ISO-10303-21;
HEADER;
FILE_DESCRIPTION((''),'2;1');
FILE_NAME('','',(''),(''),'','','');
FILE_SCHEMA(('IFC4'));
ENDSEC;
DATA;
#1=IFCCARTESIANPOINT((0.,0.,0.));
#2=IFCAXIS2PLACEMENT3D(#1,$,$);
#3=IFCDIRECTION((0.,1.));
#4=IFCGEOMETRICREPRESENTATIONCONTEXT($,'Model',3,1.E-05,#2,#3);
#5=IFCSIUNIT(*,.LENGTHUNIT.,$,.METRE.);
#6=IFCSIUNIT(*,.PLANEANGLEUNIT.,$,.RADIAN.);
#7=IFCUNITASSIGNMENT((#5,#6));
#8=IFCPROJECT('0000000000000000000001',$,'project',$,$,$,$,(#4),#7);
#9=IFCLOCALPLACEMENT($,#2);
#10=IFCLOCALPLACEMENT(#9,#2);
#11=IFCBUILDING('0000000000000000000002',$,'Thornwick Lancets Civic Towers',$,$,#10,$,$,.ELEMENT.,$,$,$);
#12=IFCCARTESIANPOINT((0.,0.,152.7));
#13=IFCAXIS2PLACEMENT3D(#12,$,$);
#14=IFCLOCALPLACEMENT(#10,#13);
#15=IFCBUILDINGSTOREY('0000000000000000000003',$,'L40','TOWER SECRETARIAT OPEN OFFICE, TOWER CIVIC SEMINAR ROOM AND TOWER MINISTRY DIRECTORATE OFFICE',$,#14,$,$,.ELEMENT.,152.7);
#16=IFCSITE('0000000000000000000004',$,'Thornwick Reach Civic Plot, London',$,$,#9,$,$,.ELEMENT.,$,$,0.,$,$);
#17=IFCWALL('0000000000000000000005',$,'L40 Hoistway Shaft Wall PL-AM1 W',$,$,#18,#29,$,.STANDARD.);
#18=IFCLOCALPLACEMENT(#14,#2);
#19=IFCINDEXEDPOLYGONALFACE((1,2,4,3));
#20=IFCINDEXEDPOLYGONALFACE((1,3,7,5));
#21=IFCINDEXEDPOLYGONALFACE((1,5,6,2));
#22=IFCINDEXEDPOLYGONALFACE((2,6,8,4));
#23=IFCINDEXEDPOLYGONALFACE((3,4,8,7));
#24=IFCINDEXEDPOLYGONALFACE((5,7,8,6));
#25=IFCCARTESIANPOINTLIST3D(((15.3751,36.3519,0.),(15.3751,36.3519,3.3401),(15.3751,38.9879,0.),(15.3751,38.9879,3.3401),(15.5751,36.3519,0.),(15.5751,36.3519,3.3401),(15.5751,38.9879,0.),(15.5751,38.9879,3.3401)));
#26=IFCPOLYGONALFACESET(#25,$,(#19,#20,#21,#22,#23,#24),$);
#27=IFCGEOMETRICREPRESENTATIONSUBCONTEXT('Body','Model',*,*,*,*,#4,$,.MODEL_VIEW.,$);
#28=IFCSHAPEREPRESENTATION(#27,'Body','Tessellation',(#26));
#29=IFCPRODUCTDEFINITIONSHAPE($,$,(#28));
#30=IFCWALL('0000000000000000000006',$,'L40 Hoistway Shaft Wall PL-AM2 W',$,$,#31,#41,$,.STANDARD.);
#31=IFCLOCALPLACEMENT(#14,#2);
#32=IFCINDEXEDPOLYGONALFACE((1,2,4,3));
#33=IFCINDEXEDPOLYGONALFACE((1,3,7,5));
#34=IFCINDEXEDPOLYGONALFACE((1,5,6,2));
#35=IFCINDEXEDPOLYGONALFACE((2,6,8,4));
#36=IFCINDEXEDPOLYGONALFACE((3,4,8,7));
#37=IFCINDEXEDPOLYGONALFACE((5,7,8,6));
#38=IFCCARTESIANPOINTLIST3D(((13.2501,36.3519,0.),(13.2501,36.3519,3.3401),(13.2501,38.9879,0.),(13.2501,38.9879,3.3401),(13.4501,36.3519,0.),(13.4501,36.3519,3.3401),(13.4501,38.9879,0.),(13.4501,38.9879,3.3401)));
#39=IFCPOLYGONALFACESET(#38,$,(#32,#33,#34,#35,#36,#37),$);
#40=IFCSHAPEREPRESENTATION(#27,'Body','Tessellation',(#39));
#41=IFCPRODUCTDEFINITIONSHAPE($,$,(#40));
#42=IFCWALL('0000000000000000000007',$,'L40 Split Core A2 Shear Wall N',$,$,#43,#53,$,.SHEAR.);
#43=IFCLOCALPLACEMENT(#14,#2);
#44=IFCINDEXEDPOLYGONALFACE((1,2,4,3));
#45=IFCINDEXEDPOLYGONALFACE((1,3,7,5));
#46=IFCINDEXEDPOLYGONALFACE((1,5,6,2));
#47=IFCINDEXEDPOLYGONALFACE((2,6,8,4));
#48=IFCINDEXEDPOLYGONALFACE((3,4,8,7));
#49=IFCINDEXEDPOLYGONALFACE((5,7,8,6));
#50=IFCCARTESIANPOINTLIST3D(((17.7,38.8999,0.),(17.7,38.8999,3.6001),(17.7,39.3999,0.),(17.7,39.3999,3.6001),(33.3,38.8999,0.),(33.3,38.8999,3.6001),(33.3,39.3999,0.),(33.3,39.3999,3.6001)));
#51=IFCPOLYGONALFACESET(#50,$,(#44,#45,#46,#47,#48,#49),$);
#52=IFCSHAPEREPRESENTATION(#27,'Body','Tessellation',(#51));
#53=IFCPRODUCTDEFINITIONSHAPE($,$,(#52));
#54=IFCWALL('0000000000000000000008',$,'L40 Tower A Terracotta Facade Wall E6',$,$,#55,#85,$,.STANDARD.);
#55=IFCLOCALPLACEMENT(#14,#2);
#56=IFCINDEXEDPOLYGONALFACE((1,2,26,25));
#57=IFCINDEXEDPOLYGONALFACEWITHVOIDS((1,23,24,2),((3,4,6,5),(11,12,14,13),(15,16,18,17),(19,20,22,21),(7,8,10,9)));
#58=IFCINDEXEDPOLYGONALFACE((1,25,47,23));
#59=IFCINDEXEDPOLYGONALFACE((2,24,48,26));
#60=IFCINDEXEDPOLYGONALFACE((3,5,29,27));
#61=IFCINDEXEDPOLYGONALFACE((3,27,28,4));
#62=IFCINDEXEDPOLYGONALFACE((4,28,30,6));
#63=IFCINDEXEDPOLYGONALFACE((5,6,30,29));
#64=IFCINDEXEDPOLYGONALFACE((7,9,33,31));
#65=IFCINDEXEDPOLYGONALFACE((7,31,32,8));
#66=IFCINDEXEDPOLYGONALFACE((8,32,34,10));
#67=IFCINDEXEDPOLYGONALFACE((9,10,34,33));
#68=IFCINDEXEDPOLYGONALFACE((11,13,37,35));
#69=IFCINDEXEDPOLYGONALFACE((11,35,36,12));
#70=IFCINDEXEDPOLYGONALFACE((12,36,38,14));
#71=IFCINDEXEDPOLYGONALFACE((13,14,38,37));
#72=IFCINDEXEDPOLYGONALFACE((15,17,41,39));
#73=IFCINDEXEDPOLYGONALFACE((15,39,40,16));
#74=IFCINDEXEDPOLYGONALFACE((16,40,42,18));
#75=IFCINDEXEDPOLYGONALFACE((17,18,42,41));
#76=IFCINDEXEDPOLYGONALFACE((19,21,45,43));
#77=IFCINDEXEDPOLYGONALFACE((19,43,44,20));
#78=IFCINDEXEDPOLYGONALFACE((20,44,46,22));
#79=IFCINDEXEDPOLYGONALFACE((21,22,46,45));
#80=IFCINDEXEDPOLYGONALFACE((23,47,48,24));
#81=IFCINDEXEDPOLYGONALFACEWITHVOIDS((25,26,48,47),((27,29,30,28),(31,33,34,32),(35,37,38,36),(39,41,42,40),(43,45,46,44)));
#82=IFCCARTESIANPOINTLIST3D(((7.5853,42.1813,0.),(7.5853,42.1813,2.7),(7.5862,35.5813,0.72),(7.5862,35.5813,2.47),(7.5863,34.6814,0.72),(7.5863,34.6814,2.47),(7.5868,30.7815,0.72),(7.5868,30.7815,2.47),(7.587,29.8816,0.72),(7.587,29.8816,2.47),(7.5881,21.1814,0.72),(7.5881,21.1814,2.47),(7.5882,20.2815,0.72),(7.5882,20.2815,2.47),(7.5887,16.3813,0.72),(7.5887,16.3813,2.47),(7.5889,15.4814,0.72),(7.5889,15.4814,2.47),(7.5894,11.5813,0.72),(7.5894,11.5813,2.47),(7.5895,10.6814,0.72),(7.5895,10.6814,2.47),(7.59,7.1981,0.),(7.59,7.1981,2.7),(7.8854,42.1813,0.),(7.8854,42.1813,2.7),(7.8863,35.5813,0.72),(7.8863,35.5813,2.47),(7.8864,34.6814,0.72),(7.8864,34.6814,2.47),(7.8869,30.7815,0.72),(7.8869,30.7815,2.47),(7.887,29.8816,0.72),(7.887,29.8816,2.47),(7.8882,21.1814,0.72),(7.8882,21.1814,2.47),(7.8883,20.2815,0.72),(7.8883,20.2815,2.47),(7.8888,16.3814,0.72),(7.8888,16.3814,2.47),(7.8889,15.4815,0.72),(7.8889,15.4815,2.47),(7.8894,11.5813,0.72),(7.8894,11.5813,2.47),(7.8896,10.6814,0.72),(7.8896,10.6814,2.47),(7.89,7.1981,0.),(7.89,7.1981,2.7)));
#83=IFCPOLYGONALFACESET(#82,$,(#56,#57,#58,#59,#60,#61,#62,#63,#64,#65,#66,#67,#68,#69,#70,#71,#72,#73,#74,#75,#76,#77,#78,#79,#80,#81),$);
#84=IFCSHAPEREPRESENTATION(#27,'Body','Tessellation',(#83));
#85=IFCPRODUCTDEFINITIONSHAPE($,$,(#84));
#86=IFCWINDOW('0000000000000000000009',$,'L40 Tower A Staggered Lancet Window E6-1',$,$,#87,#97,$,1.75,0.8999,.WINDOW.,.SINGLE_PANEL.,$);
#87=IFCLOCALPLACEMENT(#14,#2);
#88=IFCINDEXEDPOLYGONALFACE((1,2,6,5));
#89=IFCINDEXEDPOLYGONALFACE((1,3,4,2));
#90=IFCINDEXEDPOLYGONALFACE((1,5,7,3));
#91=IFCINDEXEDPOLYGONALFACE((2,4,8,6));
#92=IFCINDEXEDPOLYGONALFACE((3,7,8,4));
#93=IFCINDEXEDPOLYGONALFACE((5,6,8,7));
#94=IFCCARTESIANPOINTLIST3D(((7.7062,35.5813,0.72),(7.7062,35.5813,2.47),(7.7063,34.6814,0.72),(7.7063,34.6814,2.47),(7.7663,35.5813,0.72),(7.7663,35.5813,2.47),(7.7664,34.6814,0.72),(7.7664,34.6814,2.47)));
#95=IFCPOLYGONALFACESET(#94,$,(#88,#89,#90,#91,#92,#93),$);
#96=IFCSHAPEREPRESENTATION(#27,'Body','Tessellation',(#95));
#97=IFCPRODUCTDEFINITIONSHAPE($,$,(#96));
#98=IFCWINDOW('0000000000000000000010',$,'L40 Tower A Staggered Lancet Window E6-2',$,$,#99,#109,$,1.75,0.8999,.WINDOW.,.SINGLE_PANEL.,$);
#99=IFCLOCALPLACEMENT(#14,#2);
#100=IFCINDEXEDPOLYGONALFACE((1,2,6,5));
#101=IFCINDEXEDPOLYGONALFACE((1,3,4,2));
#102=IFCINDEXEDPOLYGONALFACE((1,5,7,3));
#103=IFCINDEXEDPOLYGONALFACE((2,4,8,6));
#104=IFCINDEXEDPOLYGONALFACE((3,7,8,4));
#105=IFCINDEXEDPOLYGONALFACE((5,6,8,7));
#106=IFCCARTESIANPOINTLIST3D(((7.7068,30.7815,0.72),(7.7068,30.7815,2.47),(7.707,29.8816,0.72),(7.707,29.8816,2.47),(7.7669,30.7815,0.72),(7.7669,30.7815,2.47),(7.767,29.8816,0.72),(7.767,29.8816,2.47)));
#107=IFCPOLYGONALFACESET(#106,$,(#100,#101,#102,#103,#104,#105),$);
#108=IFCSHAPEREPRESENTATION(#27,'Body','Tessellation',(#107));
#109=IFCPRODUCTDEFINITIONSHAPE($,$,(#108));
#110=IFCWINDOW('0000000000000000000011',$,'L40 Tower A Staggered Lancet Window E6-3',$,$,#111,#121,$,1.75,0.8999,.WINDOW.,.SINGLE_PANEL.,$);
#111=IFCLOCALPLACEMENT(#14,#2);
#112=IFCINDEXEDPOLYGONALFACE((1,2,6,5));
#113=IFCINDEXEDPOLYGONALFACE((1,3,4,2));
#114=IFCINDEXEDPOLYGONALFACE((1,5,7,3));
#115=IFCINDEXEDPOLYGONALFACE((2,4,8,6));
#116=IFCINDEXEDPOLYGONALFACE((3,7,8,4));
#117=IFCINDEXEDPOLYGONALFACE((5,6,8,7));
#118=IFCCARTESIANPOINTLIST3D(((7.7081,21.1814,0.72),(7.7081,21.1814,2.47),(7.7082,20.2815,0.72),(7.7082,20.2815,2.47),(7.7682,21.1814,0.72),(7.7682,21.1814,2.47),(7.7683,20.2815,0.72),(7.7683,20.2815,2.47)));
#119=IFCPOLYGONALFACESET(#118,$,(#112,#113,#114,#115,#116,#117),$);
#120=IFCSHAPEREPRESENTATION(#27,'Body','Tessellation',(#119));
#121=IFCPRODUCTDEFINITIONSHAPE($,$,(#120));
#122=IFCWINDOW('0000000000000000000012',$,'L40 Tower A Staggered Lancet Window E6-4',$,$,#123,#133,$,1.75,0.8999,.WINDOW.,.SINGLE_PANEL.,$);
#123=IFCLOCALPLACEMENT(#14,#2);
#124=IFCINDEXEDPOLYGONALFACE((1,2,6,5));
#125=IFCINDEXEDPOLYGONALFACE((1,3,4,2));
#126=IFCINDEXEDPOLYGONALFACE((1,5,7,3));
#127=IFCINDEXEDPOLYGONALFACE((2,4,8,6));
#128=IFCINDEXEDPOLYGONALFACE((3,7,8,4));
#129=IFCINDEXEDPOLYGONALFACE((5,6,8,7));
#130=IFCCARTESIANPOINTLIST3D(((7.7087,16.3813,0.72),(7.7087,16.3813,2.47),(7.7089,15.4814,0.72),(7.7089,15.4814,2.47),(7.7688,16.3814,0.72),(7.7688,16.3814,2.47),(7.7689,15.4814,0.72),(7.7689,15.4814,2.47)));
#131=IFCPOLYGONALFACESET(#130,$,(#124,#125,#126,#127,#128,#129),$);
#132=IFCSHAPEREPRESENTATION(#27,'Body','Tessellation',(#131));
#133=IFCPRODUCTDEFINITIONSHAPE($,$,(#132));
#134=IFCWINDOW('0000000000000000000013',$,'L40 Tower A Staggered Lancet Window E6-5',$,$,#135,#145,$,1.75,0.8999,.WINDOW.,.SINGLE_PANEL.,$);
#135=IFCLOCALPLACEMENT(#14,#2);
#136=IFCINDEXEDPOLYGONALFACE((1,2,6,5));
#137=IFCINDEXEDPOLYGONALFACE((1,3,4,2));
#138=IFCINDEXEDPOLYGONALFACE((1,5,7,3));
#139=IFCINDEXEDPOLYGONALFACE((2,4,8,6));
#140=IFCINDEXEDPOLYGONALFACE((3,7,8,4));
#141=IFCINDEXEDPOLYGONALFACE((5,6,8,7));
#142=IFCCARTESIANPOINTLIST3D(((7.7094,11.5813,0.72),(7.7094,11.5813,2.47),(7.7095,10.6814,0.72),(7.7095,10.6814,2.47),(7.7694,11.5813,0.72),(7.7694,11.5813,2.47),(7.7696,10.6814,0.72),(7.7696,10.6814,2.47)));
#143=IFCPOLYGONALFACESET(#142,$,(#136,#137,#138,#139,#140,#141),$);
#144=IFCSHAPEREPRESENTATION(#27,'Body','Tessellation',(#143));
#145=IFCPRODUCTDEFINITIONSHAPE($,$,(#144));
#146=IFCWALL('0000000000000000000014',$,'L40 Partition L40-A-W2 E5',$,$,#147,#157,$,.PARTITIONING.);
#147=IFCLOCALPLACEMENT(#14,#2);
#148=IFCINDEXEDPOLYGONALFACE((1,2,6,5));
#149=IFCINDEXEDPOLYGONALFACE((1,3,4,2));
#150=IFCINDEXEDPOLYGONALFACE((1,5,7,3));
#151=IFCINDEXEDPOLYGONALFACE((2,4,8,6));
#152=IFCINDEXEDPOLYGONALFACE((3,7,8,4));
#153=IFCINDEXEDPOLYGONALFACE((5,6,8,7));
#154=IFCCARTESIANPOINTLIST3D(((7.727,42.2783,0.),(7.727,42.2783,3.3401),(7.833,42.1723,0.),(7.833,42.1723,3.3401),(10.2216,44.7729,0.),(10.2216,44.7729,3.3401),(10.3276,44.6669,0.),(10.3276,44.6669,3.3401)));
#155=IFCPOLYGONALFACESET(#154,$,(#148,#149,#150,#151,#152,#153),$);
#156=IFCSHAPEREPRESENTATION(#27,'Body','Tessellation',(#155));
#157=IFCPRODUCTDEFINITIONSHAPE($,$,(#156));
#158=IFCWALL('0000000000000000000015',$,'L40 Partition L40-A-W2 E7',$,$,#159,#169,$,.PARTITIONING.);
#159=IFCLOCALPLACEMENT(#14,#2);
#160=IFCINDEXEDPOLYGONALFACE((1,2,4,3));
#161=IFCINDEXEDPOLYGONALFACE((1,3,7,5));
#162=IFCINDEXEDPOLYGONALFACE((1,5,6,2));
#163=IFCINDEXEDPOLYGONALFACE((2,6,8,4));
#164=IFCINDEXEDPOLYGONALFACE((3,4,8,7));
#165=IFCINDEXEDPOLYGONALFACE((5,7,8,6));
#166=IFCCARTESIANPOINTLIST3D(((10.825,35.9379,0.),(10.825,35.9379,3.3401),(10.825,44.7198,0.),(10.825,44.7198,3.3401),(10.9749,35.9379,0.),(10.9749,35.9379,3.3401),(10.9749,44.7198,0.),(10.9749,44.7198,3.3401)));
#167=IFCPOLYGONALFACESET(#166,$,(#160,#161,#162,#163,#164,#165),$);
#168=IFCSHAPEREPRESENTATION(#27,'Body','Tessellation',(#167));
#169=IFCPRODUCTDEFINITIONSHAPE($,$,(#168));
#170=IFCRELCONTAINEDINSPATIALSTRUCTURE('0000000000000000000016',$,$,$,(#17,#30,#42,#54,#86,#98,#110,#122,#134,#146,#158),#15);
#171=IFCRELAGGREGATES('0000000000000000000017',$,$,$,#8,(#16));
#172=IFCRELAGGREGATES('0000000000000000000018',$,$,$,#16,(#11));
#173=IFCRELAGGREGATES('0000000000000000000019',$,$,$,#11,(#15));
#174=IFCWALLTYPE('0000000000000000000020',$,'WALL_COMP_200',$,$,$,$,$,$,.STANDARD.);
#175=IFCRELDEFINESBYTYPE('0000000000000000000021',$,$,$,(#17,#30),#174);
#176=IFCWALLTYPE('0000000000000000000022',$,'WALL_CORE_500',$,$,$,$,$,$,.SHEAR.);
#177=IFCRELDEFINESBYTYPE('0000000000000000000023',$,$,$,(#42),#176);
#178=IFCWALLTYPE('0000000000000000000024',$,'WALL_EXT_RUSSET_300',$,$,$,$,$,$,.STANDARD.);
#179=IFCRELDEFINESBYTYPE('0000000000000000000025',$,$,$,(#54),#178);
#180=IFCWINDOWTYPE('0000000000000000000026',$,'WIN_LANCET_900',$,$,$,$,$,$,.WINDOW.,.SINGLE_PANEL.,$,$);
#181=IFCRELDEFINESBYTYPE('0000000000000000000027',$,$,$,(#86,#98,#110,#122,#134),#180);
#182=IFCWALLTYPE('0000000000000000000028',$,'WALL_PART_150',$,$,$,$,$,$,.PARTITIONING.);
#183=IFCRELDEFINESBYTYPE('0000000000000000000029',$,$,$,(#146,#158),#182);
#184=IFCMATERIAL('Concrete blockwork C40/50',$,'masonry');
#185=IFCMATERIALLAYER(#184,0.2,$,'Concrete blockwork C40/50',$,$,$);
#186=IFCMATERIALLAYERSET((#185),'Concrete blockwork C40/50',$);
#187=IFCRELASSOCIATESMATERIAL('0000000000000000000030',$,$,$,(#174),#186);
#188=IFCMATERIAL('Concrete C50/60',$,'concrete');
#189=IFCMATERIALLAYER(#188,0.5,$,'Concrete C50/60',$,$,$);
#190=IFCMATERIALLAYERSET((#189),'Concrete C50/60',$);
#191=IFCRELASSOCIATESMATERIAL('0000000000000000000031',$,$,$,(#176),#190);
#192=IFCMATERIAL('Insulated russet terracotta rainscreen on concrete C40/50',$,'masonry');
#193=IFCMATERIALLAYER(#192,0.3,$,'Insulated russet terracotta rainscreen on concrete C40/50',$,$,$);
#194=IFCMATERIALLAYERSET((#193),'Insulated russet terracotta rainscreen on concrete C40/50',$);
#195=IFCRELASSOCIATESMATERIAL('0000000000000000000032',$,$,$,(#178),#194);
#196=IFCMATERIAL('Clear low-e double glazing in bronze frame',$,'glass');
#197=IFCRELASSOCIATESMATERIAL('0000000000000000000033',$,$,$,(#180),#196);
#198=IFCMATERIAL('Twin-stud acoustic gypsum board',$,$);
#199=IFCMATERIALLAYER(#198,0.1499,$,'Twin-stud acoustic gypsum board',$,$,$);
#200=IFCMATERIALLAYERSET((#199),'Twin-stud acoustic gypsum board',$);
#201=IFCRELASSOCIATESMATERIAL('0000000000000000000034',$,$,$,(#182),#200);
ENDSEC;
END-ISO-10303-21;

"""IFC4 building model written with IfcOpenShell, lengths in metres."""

from ifc_helpers import new_model, si_unit, direction, frame, frame_2d, origin, place, context, subcontext, project, spatial, rectangle, extrude, material, layer, layer_set, type_object, element, fill, save


model = new_model("IFC4")

# Units and contexts
model_context = context("Model", 3, precision=1e-05, world=origin(), true_north=direction((0.0, 1.0)))
body_context = subcontext(model_context, "Body", "Model", "MODEL_VIEW")
ifc_project = project(units=[si_unit("LENGTHUNIT", "METRE"), si_unit("PLANEANGLEUNIT", "RADIAN")], contexts=[model_context])

# Site, building, storey
site_placement = place(None, origin())
site = spatial("IfcSite", under=ifc_project, at=site_placement, Name="Thornwick Reach Civic Plot, London", CompositionType="ELEMENT", RefElevation=0.0)
building_placement = place(site_placement, origin())
building = spatial("IfcBuilding", under=site, at=building_placement, Name="Thornwick Lancets Civic Towers", CompositionType="ELEMENT")
storey_placement = place(building_placement, frame((0.0, 0.0, 152.7)))
storey = spatial("IfcBuildingStorey", under=building, at=storey_placement, Name="L40", Description="TOWER SECRETARIAT OPEN OFFICE, TOWER CIVIC SEMINAR ROOM AND TOWER MINISTRY DIRECTORATE OFFICE", CompositionType="ELEMENT", Elevation=152.7)

# Shared definitions
ifc_material_1 = material(Name="Concrete C50/60", Category="concrete")

# Shared definitions
ifc_material_2 = material(Name="Concrete blockwork C40/50", Category="masonry")
ifc_layer_1 = layer(ifc_material_2, 0.2, Name="Concrete blockwork C40/50")
ifc_layer_set_1 = layer_set([ifc_layer_1], Name="Concrete blockwork C40/50")
wall_type_1 = type_object("IfcWallType", Name="WALL_COMP_200", PredefinedType="STANDARD", material=ifc_layer_set_1)

# Walls
for number, where, z_axis, x_axis, name in (
    (1, (15.4751, 36.3521, 0.0), (0.0, 0.0, 1.0), (0.0, 1.0, 0.0), "L40 Hoistway Shaft Wall PL-AM1 W"),
    (2, (13.3501, 36.3521, 0.0), (0.0, 0.0, 1.0), (0.0, 1.0, 0.0), "L40 Hoistway Shaft Wall PL-AM2 W"),
):
    element("IfcWall", number, at=place(storey_placement, frame(where, z_axis=z_axis, x_axis=x_axis)), inside=storey, type_object=wall_type_1, Name=name, PredefinedType="STANDARD", context=body_context, shape_type="SweptSolid", body=[
        extrude(rectangle(XDim=2.636, YDim=0.2, at=frame_2d((1.3179, 0.0))), origin(), (0.0, 0.0, 1.0), 3.3401),
    ])
ifc_layer_2 = layer(ifc_material_1, 0.5, Name="Concrete C50/60")
ifc_layer_set_2 = layer_set([ifc_layer_2], Name="Concrete C50/60")
wall_type_2 = type_object("IfcWallType", Name="WALL_CORE_500", PredefinedType="SHEAR", material=ifc_layer_set_2)
wall_1_placement = place(storey_placement, frame((17.7, 39.1499, 0.0), z_axis=(0.0, 0.0, 1.0), x_axis=(1.0, 0.0, 0.0)))
element("IfcWall", 3, at=wall_1_placement, inside=storey, type_object=wall_type_2, Name="L40 Split Core A2 Shear Wall N", PredefinedType="SHEAR", context=body_context, shape_type="SweptSolid", body=[
    extrude(rectangle(XDim=15.6001, YDim=0.5, at=frame_2d((7.8, 0.0))), origin(), (0.0, 0.0, 1.0), 3.6001),
])

# Wall, openings, windows
ifc_material_3 = material(Name="Insulated russet terracotta rainscreen on concrete C40/50", Category="masonry")
ifc_layer_3 = layer(ifc_material_3, 0.3, Name="Insulated russet terracotta rainscreen on concrete C40/50")
ifc_layer_set_3 = layer_set([ifc_layer_3], Name="Insulated russet terracotta rainscreen on concrete C40/50")
wall_type_3 = type_object("IfcWallType", Name="WALL_EXT_RUSSET_300", PredefinedType="STANDARD", material=ifc_layer_set_3)
wall_2_placement = place(storey_placement, frame((7.7354, 42.1814, 0.0), z_axis=(0.0, 0.0, 1.0), x_axis=(0.000133, -1.0, 0.0)))
wall_2 = element("IfcWall", 4, at=wall_2_placement, inside=storey, type_object=wall_type_3, Name="L40 Tower A Terracotta Facade Wall E6", PredefinedType="STANDARD", context=body_context, shape_type="SweptSolid", body=[
    extrude(rectangle(XDim=34.9832, YDim=0.3, at=frame_2d((17.4917, 0.0))), origin(), (0.0, 0.0, 1.0), 2.7),
])
opening_1_placement = place(wall_2_placement, frame((6.6001, 0.0, 0.72)))
opening_1 = element("IfcOpeningElement", 5, at=opening_1_placement, cuts=wall_2, PredefinedType="OPENING", context=body_context, shape_type="SweptSolid", body=[
    extrude(rectangle(XDim=0.8999, YDim=1.75, at=frame_2d((0.45, 0.875))), frame((0.0, 0.1602, 0.0), z_axis=(0.0, -1.0, 0.0), x_axis=(1.0, 0.0, 0.0)), (0.0, 0.0, 1.0), 0.3201),
])
opening_2_placement = place(wall_2_placement, frame((11.3999, 0.0, 0.72)))
opening_2 = element("IfcOpeningElement", 6, at=opening_2_placement, cuts=wall_2, PredefinedType="OPENING", context=body_context, shape_type="SweptSolid", body=[
    extrude(rectangle(XDim=0.8999, YDim=1.75, at=frame_2d((0.45, 0.875))), frame((0.0, 0.1602, 0.0), z_axis=(0.0, -1.0, 0.0), x_axis=(1.0, 0.0, 0.0)), (0.0, 0.0, 1.0), 0.3201),
])
opening_3_placement = place(wall_2_placement, frame((21.0, 0.0, 0.72)))
opening_3 = element("IfcOpeningElement", 7, at=opening_3_placement, cuts=wall_2, PredefinedType="OPENING", context=body_context, shape_type="SweptSolid", body=[
    extrude(rectangle(XDim=0.8999, YDim=1.75, at=frame_2d((0.45, 0.875))), frame((0.0, 0.1602, 0.0), z_axis=(0.0, -1.0, 0.0), x_axis=(1.0, 0.0, 0.0)), (0.0, 0.0, 1.0), 0.3201),
])
opening_4_placement = place(wall_2_placement, frame((25.8, 0.0, 0.72)))
opening_4 = element("IfcOpeningElement", 8, at=opening_4_placement, cuts=wall_2, PredefinedType="OPENING", context=body_context, shape_type="SweptSolid", body=[
    extrude(rectangle(XDim=0.8999, YDim=1.75, at=frame_2d((0.45, 0.875))), frame((0.0, 0.1602, 0.0), z_axis=(0.0, -1.0, 0.0), x_axis=(1.0, 0.0, 0.0)), (0.0, 0.0, 1.0), 0.3201),
])
opening_5_placement = place(wall_2_placement, frame((30.6001, 0.0, 0.72)))
opening_5 = element("IfcOpeningElement", 9, at=opening_5_placement, cuts=wall_2, PredefinedType="OPENING", context=body_context, shape_type="SweptSolid", body=[
    extrude(rectangle(XDim=0.8999, YDim=1.75, at=frame_2d((0.45, 0.875))), frame((0.0, 0.1602, 0.0), z_axis=(0.0, -1.0, 0.0), x_axis=(1.0, 0.0, 0.0)), (0.0, 0.0, 1.0), 0.3201),
])
ifc_material_4 = material(Name="Clear low-e double glazing in bronze frame", Category="glass")
window_type = type_object("IfcWindowType", Name="WIN_LANCET_900", PartitioningType="SINGLE_PANEL", PredefinedType="WINDOW", material=ifc_material_4)
window_1_placement = place(opening_1_placement, origin())
window_1 = element("IfcWindow", 10, at=window_1_placement, inside=storey, type_object=window_type, Name="L40 Tower A Staggered Lancet Window E6-1", OverallHeight=1.75, OverallWidth=0.8999, PartitioningType="SINGLE_PANEL", PredefinedType="WINDOW", context=body_context, shape_type="SweptSolid", body=[
    extrude(rectangle(XDim=0.8999, YDim=1.75, at=frame_2d((0.45, 0.875))), frame((0.0, 0.03, 0.0), z_axis=(0.0, -1.0, 0.0), x_axis=(1.0, 0.0, 0.0)), (0.0, 0.0, 1.0), 0.0601),
])
fill(opening_1, window_1)
window_2_placement = place(opening_2_placement, origin())
window_2 = element("IfcWindow", 11, at=window_2_placement, inside=storey, type_object=window_type, Name="L40 Tower A Staggered Lancet Window E6-2", OverallHeight=1.75, OverallWidth=0.8999, PartitioningType="SINGLE_PANEL", PredefinedType="WINDOW", context=body_context, shape_type="SweptSolid", body=[
    extrude(rectangle(XDim=0.8999, YDim=1.75, at=frame_2d((0.45, 0.875))), frame((0.0, 0.03, 0.0), z_axis=(0.0, -1.0, 0.0), x_axis=(1.0, 0.0, 0.0)), (0.0, 0.0, 1.0), 0.0601),
])
fill(opening_2, window_2)
window_3_placement = place(opening_3_placement, origin())
window_3 = element("IfcWindow", 12, at=window_3_placement, inside=storey, type_object=window_type, Name="L40 Tower A Staggered Lancet Window E6-3", OverallHeight=1.75, OverallWidth=0.8999, PartitioningType="SINGLE_PANEL", PredefinedType="WINDOW", context=body_context, shape_type="SweptSolid", body=[
    extrude(rectangle(XDim=0.8999, YDim=1.75, at=frame_2d((0.45, 0.875))), frame((0.0, 0.03, 0.0), z_axis=(0.0, -1.0, 0.0), x_axis=(1.0, 0.0, 0.0)), (0.0, 0.0, 1.0), 0.0601),
])
fill(opening_3, window_3)
window_4_placement = place(opening_4_placement, origin())
window_4 = element("IfcWindow", 13, at=window_4_placement, inside=storey, type_object=window_type, Name="L40 Tower A Staggered Lancet Window E6-4", OverallHeight=1.75, OverallWidth=0.8999, PartitioningType="SINGLE_PANEL", PredefinedType="WINDOW", context=body_context, shape_type="SweptSolid", body=[
    extrude(rectangle(XDim=0.8999, YDim=1.75, at=frame_2d((0.45, 0.875))), frame((0.0, 0.03, 0.0), z_axis=(0.0, -1.0, 0.0), x_axis=(1.0, 0.0, 0.0)), (0.0, 0.0, 1.0), 0.0601),
])
fill(opening_4, window_4)
window_5_placement = place(opening_5_placement, origin())
window_5 = element("IfcWindow", 14, at=window_5_placement, inside=storey, type_object=window_type, Name="L40 Tower A Staggered Lancet Window E6-5", OverallHeight=1.75, OverallWidth=0.8999, PartitioningType="SINGLE_PANEL", PredefinedType="WINDOW", context=body_context, shape_type="SweptSolid", body=[
    extrude(rectangle(XDim=0.8999, YDim=1.75, at=frame_2d((0.45, 0.875))), frame((0.0, 0.03, 0.0), z_axis=(0.0, -1.0, 0.0), x_axis=(1.0, 0.0, 0.0)), (0.0, 0.0, 1.0), 0.0601),
])
fill(opening_5, window_5)

# Walls
ifc_material_5 = material(Name="Twin-stud acoustic gypsum board")
ifc_layer_4 = layer(ifc_material_5, 0.1499, Name="Twin-stud acoustic gypsum board")
ifc_layer_set_4 = layer_set([ifc_layer_4], Name="Twin-stud acoustic gypsum board")
wall_type_4 = type_object("IfcWallType", Name="WALL_PART_150", PredefinedType="PARTITIONING", material=ifc_layer_set_4)
wall_3_placement = place(storey_placement, frame((7.78, 42.2253, 0.0), z_axis=(0.0, 0.0, 1.0), x_axis=(0.707107, 0.707107, 0.0)))
element("IfcWall", 15, at=wall_3_placement, inside=storey, type_object=wall_type_4, Name="L40 Partition L40-A-W2 E5", PredefinedType="PARTITIONING", context=body_context, shape_type="SweptSolid", body=[
    extrude(rectangle(XDim=3.5278, YDim=0.1499, at=frame_2d((1.7639, 0.0))), origin(), (0.0, 0.0, 1.0), 3.3401),
])
wall_4_placement = place(storey_placement, frame((10.8999, 44.72, 0.0), z_axis=(0.0, 0.0, 1.0), x_axis=(0.0, -1.0, 0.0)))
element("IfcWall", 16, at=wall_4_placement, inside=storey, type_object=wall_type_4, Name="L40 Partition L40-A-W2 E7", PredefinedType="PARTITIONING", context=body_context, shape_type="SweptSolid", body=[
    extrude(rectangle(XDim=8.782, YDim=0.1499, at=frame_2d((4.3911, 0.0))), origin(), (0.0, 0.0, 1.0), 3.3401),
])

save(model, "model.ifc")
